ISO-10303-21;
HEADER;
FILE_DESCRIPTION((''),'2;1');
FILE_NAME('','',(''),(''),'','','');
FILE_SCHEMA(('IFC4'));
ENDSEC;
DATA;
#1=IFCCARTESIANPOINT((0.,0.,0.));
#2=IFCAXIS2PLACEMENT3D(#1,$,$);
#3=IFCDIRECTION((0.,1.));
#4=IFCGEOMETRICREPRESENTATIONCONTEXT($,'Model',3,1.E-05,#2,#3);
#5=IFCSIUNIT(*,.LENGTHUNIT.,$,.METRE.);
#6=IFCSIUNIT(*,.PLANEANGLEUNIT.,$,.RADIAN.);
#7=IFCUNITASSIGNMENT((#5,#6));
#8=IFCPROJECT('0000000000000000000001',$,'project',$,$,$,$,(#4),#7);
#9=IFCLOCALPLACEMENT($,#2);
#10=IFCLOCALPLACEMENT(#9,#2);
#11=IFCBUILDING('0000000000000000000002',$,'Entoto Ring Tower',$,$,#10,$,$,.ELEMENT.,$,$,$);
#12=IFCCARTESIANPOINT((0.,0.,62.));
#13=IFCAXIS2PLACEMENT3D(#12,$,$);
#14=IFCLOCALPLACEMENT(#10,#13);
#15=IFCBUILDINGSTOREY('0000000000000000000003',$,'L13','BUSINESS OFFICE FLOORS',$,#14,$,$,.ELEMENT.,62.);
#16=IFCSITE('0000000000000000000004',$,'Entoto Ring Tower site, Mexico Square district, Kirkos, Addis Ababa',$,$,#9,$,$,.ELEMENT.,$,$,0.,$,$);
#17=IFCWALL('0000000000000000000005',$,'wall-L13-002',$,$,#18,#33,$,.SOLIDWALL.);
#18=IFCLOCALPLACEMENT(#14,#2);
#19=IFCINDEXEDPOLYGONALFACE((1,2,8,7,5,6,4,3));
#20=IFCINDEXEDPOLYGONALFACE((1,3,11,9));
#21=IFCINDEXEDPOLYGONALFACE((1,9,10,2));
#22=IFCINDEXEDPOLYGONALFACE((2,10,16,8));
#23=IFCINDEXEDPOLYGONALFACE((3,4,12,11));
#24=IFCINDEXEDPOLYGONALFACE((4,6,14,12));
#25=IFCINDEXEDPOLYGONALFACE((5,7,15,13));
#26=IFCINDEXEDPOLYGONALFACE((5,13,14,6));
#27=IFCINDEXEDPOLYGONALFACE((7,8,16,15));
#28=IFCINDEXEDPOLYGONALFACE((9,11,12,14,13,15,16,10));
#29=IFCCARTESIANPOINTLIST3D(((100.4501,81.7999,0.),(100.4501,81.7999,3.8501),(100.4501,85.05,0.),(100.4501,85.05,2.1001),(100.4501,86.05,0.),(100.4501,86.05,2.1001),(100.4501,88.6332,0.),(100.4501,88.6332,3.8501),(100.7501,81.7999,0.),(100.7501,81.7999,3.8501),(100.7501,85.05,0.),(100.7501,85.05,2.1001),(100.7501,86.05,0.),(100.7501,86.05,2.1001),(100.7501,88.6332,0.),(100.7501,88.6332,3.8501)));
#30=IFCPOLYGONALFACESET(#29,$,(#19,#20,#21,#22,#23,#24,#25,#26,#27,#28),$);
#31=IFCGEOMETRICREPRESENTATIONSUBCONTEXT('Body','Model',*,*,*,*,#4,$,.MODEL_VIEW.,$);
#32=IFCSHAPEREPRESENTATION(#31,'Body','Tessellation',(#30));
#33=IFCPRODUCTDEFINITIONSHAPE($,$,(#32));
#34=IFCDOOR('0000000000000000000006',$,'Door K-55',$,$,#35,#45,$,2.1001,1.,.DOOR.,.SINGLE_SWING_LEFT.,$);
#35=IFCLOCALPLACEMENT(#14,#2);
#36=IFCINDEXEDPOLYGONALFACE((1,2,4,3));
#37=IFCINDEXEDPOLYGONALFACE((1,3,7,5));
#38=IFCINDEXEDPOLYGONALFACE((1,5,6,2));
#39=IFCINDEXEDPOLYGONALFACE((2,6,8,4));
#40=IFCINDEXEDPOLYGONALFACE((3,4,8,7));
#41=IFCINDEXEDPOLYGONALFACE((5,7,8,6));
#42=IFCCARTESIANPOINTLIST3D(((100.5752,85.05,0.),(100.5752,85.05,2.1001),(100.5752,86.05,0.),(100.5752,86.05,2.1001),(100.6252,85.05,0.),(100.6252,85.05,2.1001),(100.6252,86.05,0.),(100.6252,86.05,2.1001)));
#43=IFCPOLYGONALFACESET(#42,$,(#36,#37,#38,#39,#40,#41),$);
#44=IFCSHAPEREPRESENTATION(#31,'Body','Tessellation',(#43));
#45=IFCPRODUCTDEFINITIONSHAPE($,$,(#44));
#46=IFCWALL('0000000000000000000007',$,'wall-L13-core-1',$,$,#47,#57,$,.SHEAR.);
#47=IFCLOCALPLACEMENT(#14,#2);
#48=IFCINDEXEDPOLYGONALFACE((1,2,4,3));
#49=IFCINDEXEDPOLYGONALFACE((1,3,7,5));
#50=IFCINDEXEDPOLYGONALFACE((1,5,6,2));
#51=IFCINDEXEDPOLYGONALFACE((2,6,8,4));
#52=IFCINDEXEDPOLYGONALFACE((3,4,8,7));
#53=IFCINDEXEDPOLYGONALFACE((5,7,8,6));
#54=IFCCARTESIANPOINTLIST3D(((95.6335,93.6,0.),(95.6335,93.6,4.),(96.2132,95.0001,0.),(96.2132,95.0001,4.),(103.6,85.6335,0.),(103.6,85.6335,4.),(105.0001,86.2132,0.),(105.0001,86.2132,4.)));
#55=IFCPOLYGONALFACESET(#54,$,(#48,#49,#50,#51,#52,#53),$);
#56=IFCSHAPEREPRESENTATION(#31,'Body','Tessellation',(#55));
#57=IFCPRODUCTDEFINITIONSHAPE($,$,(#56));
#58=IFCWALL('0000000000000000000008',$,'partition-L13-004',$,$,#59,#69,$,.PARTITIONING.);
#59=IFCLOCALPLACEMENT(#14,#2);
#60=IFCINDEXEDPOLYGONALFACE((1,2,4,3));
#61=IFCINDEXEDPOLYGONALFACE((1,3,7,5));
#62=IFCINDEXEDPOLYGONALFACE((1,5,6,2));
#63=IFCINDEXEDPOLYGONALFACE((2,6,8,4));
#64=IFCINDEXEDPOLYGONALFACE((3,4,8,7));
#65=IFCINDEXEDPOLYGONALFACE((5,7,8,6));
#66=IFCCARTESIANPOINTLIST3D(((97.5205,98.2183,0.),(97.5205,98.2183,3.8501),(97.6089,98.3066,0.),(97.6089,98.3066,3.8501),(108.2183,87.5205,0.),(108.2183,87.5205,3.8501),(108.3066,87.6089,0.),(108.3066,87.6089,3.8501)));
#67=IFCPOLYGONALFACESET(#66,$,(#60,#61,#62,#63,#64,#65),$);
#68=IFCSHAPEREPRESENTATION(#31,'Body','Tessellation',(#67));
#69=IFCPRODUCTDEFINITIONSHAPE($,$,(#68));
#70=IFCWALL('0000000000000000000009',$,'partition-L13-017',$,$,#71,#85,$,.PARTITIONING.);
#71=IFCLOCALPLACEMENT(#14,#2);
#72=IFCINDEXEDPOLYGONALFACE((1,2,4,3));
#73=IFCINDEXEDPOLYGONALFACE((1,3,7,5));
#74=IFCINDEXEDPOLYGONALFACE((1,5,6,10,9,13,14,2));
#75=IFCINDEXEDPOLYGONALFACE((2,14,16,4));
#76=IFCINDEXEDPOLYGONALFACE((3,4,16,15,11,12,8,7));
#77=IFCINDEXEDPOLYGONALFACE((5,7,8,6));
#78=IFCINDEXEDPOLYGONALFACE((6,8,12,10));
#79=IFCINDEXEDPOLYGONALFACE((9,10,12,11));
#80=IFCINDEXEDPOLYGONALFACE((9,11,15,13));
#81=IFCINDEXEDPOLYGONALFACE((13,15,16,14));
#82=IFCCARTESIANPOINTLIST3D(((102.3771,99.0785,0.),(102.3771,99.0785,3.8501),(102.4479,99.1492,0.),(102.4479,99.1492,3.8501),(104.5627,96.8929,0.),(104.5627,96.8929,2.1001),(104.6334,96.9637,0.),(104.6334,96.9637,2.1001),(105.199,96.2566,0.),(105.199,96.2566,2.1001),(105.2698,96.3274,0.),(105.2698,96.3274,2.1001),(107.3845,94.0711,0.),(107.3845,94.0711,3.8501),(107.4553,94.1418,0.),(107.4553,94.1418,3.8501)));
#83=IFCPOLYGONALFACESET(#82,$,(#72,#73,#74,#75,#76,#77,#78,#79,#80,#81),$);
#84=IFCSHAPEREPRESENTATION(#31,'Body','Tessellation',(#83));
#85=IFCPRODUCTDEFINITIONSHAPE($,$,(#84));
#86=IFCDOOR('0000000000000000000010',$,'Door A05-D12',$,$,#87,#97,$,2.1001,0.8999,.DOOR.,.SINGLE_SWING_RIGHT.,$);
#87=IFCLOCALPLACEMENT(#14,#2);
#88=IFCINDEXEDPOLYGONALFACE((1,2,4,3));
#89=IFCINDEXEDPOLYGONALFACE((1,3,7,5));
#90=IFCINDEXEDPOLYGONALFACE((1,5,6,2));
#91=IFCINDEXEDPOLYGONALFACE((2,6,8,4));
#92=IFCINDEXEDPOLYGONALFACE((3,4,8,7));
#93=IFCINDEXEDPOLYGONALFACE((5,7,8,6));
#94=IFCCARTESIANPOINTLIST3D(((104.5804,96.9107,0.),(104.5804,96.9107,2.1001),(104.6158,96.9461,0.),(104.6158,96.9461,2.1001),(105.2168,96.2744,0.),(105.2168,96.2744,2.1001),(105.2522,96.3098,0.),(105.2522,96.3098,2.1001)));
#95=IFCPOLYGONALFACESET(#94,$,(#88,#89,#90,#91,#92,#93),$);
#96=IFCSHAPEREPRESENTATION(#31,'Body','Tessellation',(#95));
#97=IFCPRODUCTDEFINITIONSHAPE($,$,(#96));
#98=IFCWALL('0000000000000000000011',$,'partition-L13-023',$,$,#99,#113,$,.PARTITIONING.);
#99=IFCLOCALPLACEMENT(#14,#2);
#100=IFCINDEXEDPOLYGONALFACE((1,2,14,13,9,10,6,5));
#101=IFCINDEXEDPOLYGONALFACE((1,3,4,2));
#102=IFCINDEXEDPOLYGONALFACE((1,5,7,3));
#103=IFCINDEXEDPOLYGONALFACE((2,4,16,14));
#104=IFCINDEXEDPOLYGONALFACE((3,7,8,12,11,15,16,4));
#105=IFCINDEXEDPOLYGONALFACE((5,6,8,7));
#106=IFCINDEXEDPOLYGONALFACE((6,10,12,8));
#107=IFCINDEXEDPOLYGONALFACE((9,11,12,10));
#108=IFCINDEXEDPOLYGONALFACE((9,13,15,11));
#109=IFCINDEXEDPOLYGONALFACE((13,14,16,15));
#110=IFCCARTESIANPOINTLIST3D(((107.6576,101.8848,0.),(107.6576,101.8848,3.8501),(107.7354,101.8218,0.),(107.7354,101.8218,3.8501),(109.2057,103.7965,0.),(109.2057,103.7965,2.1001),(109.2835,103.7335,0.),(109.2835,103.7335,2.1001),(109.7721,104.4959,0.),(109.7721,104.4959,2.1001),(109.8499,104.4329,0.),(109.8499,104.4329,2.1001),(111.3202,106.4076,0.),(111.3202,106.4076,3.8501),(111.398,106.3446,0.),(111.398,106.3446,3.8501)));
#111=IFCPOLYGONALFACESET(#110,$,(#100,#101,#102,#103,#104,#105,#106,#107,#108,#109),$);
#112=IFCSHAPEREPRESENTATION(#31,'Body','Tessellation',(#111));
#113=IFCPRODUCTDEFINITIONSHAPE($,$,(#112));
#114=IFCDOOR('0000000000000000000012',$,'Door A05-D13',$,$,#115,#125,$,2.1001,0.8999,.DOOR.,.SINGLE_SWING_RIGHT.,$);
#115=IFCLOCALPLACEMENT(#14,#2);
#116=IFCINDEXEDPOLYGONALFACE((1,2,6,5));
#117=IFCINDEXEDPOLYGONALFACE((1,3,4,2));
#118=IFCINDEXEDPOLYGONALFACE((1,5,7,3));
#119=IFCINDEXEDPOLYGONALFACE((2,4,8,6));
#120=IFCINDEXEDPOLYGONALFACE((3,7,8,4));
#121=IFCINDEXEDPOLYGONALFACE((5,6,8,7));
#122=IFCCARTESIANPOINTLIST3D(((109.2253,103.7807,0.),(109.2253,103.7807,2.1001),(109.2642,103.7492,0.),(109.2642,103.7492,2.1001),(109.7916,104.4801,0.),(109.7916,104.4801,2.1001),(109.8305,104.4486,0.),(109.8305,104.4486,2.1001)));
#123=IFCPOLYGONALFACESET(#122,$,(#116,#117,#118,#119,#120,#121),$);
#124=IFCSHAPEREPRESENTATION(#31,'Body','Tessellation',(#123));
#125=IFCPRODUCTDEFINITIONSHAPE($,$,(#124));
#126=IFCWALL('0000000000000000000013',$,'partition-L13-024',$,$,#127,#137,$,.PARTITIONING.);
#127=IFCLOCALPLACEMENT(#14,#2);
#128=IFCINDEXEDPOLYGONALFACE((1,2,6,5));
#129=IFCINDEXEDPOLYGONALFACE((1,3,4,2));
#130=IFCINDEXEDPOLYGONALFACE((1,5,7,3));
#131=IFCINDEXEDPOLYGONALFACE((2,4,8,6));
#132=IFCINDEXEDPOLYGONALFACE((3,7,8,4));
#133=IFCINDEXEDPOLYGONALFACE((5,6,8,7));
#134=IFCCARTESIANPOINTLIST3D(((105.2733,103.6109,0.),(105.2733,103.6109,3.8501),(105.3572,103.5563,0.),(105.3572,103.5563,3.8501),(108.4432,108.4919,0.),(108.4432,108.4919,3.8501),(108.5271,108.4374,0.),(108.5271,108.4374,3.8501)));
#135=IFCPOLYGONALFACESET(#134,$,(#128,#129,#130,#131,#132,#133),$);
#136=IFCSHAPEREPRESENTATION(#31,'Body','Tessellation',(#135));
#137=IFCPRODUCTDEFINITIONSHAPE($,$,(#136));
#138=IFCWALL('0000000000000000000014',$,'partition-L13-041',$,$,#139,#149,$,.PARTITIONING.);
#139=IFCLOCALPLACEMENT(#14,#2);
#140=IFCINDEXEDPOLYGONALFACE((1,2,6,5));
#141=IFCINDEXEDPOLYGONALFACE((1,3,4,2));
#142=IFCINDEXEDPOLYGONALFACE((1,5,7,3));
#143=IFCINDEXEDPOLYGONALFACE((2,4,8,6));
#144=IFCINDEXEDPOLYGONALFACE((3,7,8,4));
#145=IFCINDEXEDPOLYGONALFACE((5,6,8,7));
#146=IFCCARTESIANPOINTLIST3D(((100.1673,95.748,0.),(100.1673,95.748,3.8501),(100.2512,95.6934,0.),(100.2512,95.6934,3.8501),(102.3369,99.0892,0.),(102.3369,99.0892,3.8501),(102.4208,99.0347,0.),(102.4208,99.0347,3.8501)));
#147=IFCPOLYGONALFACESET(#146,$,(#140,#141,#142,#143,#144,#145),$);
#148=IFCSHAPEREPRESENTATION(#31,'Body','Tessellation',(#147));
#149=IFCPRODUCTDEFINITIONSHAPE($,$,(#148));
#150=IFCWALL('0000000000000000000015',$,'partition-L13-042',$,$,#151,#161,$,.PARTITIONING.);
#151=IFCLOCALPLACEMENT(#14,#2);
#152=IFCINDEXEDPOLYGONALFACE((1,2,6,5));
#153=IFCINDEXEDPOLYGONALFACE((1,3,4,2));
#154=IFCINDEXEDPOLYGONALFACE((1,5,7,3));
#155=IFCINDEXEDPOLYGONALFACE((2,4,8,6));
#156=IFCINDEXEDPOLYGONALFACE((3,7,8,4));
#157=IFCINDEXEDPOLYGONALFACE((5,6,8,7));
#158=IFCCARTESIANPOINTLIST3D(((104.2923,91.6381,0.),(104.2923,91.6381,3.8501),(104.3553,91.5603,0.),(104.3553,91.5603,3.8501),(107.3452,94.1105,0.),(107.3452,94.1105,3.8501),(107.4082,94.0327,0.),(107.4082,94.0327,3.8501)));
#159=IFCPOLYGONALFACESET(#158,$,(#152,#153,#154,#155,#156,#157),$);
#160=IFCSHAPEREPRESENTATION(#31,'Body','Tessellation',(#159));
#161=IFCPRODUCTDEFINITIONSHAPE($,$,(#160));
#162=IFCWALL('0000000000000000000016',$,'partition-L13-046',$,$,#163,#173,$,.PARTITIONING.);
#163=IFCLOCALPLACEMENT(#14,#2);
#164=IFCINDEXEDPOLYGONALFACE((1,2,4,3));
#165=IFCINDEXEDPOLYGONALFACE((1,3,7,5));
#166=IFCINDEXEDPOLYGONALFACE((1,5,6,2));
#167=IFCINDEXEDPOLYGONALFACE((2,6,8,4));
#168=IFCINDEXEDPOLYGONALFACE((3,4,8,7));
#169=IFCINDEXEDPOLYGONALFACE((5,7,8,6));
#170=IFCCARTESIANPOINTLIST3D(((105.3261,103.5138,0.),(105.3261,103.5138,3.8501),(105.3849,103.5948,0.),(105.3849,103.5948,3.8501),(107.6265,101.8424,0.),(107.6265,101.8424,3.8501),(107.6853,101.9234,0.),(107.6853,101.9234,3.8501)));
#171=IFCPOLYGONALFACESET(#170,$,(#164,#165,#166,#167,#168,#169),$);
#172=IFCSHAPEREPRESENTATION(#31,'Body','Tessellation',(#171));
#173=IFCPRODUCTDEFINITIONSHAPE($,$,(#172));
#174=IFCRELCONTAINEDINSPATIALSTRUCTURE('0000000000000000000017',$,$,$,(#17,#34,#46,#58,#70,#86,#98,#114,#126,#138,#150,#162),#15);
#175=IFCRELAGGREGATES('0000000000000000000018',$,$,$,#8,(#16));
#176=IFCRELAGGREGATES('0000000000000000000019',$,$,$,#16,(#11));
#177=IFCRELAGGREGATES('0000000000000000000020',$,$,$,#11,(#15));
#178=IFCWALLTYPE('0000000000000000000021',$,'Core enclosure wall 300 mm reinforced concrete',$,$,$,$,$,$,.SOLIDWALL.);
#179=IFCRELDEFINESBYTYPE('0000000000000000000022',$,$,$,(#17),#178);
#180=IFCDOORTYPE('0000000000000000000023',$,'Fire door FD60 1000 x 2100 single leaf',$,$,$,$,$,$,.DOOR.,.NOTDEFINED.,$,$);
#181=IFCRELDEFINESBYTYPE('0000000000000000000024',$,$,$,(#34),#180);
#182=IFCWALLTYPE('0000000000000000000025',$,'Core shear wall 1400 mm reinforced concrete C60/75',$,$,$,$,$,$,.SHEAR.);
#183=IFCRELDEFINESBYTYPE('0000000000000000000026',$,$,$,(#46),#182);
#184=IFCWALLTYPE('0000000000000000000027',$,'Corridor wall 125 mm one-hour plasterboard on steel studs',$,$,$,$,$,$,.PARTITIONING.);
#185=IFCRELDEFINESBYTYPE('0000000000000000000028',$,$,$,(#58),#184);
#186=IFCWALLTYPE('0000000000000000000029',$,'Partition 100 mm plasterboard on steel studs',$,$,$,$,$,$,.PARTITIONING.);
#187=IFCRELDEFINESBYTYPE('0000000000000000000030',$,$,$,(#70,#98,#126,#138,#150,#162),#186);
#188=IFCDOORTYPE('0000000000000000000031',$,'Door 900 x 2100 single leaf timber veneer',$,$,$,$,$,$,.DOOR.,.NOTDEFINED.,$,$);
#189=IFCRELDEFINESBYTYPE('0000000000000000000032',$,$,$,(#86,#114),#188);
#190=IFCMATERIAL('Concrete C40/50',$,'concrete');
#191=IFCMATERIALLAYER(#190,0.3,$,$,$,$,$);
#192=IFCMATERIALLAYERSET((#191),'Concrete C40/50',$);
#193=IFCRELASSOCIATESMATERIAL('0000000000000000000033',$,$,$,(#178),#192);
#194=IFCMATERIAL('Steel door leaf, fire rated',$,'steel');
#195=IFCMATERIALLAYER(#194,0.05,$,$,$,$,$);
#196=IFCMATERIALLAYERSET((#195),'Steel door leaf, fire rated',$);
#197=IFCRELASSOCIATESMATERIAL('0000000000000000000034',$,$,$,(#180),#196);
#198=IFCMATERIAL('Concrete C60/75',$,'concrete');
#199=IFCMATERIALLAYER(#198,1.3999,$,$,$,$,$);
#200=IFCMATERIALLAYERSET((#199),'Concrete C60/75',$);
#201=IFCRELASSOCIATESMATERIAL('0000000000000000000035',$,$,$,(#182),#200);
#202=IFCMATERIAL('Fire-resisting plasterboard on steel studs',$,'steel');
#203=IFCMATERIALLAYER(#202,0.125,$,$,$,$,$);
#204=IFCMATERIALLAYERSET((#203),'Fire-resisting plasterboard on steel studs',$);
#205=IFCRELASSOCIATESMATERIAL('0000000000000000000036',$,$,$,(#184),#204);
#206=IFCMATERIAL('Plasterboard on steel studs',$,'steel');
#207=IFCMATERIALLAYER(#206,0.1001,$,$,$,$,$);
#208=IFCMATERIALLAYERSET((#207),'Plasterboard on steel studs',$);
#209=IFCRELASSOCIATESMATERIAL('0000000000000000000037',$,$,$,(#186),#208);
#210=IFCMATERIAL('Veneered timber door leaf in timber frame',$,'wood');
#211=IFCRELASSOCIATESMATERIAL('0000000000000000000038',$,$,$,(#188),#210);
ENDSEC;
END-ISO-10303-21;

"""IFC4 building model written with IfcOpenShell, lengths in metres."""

from ifc_helpers import new_model, si_unit, direction, frame, frame_2d, origin, place, context, subcontext, project, spatial, polyline, rectangle, outline, extrude, material, layer, layer_set, type_object, element, fill, save


model = new_model("IFC4")

# Units and contexts
model_context = context("Model", 3, precision=1e-05, world=origin(), true_north=direction((0.0, 1.0)))
body_context = subcontext(model_context, "Body", "Model", "MODEL_VIEW")
ifc_project = project(units=[si_unit("LENGTHUNIT", "METRE"), si_unit("PLANEANGLEUNIT", "RADIAN")], contexts=[model_context])

# Site, building, storey
site_placement = place(None, origin())
site = spatial("IfcSite", under=ifc_project, at=site_placement, Name="Entoto Ring Tower site, Mexico Square district, Kirkos, Addis Ababa", CompositionType="ELEMENT", RefElevation=0.0)
building_placement = place(site_placement, origin())
building = spatial("IfcBuilding", under=site, at=building_placement, Name="Entoto Ring Tower", CompositionType="ELEMENT")
storey_placement = place(building_placement, frame((0.0, 0.0, 62.0)))
storey = spatial("IfcBuildingStorey", under=building, at=storey_placement, Name="L13", Description="BUSINESS OFFICE FLOORS", CompositionType="ELEMENT", Elevation=62.0)

# Wall, opening, door
ifc_material_1 = material(Name="Concrete C40/50", Category="concrete")
ifc_layer_1 = layer(ifc_material_1, 0.3)
ifc_layer_set_1 = layer_set([ifc_layer_1], Name="Concrete C40/50")
wall_type_1 = type_object("IfcWallType", Name="Core enclosure wall 300 mm reinforced concrete", PredefinedType="SOLIDWALL", material=ifc_layer_set_1)
wall_1_placement = place(storey_placement, frame((100.6001, 81.8, 0.0), z_axis=(0.0, 0.0, 1.0), x_axis=(0.0, 1.0, 0.0)))
wall_1 = element("IfcWall", 1, at=wall_1_placement, inside=storey, type_object=wall_type_1, Name="wall-L13-002", PredefinedType="SOLIDWALL", context=body_context, shape_type="SweptSolid", body=[
    extrude(rectangle(XDim=6.8333, YDim=0.3, at=frame_2d((3.4165, 0.0))), origin(), (0.0, 0.0, 1.0), 3.8501),
])
opening_1_placement = place(wall_1_placement, frame((3.25, 0.0, 0.0)))
opening_1 = element("IfcOpeningElement", 2, at=opening_1_placement, cuts=wall_1, PredefinedType="OPENING", context=body_context, shape_type="SweptSolid", body=[
    extrude(rectangle(XDim=1.0, YDim=2.1001, at=frame_2d((0.5, 1.05))), frame((0.0, 0.1602, 0.0), z_axis=(0.0, -1.0, 0.0), x_axis=(1.0, 0.0, 0.0)), (0.0, 0.0, 1.0), 0.3201),
])
ifc_material_2 = material(Name="Steel door leaf, fire rated", Category="steel")
ifc_layer_2 = layer(ifc_material_2, 0.05)
ifc_layer_set_2 = layer_set([ifc_layer_2], Name="Steel door leaf, fire rated")
door_type_1 = type_object("IfcDoorType", Name="Fire door FD60 1000 x 2100 single leaf", OperationType="NOTDEFINED", PredefinedType="DOOR", material=ifc_layer_set_2)
door_1_placement = place(opening_1_placement, origin())
door_1 = element("IfcDoor", 3, at=door_1_placement, inside=storey, type_object=door_type_1, Name="Door K-55", OperationType="SINGLE_SWING_LEFT", OverallHeight=2.1001, OverallWidth=1.0, PredefinedType="DOOR", context=body_context, shape_type="SweptSolid", body=[
    extrude(rectangle(XDim=1.0, YDim=2.1001, at=frame_2d((0.5, 1.05))), frame((0.0, 0.0249, 0.0), z_axis=(0.0, -1.0, 0.0), x_axis=(1.0, 0.0, 0.0)), (0.0, 0.0, 1.0), 0.05),
])
fill(opening_1, door_1)

# Walls
ifc_material_3 = material(Name="Concrete C60/75", Category="concrete")
ifc_layer_3 = layer(ifc_material_3, 1.3999)
ifc_layer_set_3 = layer_set([ifc_layer_3], Name="Concrete C60/75")
wall_type_2 = type_object("IfcWallType", Name="Core shear wall 1400 mm reinforced concrete C60/75", PredefinedType="SHEAR", material=ifc_layer_set_3)
wall_2_placement = place(storey_placement, frame((104.3, 85.9233, 0.0), z_axis=(0.0, 0.0, 1.0), x_axis=(-0.707107, 0.707107, 0.0)))
element("IfcWall", 4, at=wall_2_placement, inside=storey, type_object=wall_type_2, Name="wall-L13-core-1", PredefinedType="SHEAR", context=body_context, shape_type="SweptSolid", body=[
    extrude(outline(polyline([(-0.29, -0.7), (12.1365, -0.7), (11.5564, 0.7), (0.29, 0.7), (-0.29, -0.7)])), origin(), (0.0, 0.0, 1.0), 4.0),
])
ifc_material_4 = material(Name="Fire-resisting plasterboard on steel studs", Category="steel")
ifc_layer_4 = layer(ifc_material_4, 0.125)
ifc_layer_set_4 = layer_set([ifc_layer_4], Name="Fire-resisting plasterboard on steel studs")
wall_type_3 = type_object("IfcWallType", Name="Corridor wall 125 mm one-hour plasterboard on steel studs", PredefinedType="PARTITIONING", material=ifc_layer_set_4)
wall_3_placement = place(storey_placement, frame((108.2625, 87.5647, 0.0), z_axis=(0.0, 0.0, 1.0), x_axis=(-0.707107, 0.707107, 0.0)))
element("IfcWall", 5, at=wall_3_placement, inside=storey, type_object=wall_type_3, Name="partition-L13-004", PredefinedType="PARTITIONING", context=body_context, shape_type="SweptSolid", body=[
    extrude(rectangle(XDim=15.1289, YDim=0.125, at=frame_2d((7.5645, 0.0))), origin(), (0.0, 0.0, 1.0), 3.8501),
])

# Walls, openings, doors
ifc_material_5 = material(Name="Plasterboard on steel studs", Category="steel")
ifc_layer_5 = layer(ifc_material_5, 0.1001)
ifc_layer_set_5 = layer_set([ifc_layer_5], Name="Plasterboard on steel studs")
wall_type_4 = type_object("IfcWallType", Name="Partition 100 mm plasterboard on steel studs", PredefinedType="PARTITIONING", material=ifc_layer_set_5)
wall_4_placement = place(storey_placement, frame((107.4199, 94.1064, 0.0), z_axis=(0.0, 0.0, 1.0), x_axis=(-0.707107, 0.707107, 0.0)))
wall_4 = element("IfcWall", 6, at=wall_4_placement, inside=storey, type_object=wall_type_4, Name="partition-L13-017", PredefinedType="PARTITIONING", context=body_context, shape_type="SweptSolid", body=[
    extrude(rectangle(XDim=7.0815, YDim=0.1001, at=frame_2d((3.5408, 0.0))), origin(), (0.0, 0.0, 1.0), 3.8501),
])
opening_2_placement = place(wall_4_placement, frame((3.0908, 0.0, 0.0)))
opening_2 = element("IfcOpeningElement", 7, at=opening_2_placement, cuts=wall_4, PredefinedType="OPENING", context=body_context, shape_type="SweptSolid", body=[
    extrude(rectangle(XDim=0.8999, YDim=2.1001, at=frame_2d((0.45, 1.05))), frame((0.0, 0.0601, 0.0), z_axis=(0.0, -1.0, 0.0), x_axis=(1.0, 0.0, 0.0)), (0.0, 0.0, 1.0), 0.1201),
])
ifc_material_6 = material(Name="Veneered timber door leaf in timber frame", Category="wood")
door_type_2 = type_object("IfcDoorType", Name="Door 900 x 2100 single leaf timber veneer", OperationType="NOTDEFINED", PredefinedType="DOOR", material=ifc_material_6)
door_2_placement = place(opening_2_placement, origin())
door_2 = element("IfcDoor", 8, at=door_2_placement, inside=storey, type_object=door_type_2, Name="Door A05-D12", OperationType="SINGLE_SWING_RIGHT", OverallHeight=2.1001, OverallWidth=0.8999, PredefinedType="DOOR", context=body_context, shape_type="SweptSolid", body=[
    extrude(rectangle(XDim=0.8999, YDim=2.1001, at=frame_2d((0.45, 1.05))), frame((0.0, 0.0249, 0.0), z_axis=(0.0, -1.0, 0.0), x_axis=(1.0, 0.0, 0.0)), (0.0, 0.0, 1.0), 0.05),
])
fill(opening_2, door_2)
wall_5_placement = place(storey_placement, frame((107.6965, 101.8533, 0.0), z_axis=(0.0, 0.0, 1.0), x_axis=(0.629319, 0.777147, 0.0)))
wall_5 = element("IfcWall", 9, at=wall_5_placement, inside=storey, type_object=wall_type_4, Name="partition-L13-023", PredefinedType="PARTITIONING", context=body_context, shape_type="SweptSolid", body=[
    extrude(rectangle(XDim=5.8198, YDim=0.1001, at=frame_2d((2.9099, 0.0))), origin(), (0.0, 0.0, 1.0), 3.8501),
])
opening_3_placement = place(wall_5_placement, frame((2.46, 0.0, 0.0)))
opening_3 = element("IfcOpeningElement", 10, at=opening_3_placement, cuts=wall_5, PredefinedType="OPENING", context=body_context, shape_type="SweptSolid", body=[
    extrude(rectangle(XDim=0.8999, YDim=2.1001, at=frame_2d((0.45, 1.05))), frame((0.0, 0.0601, 0.0), z_axis=(0.0, -1.0, 0.0), x_axis=(1.0, 0.0, 0.0)), (0.0, 0.0, 1.0), 0.1201),
])
door_3_placement = place(opening_3_placement, origin())
door_3 = element("IfcDoor", 11, at=door_3_placement, inside=storey, type_object=door_type_2, Name="Door A05-D13", OperationType="SINGLE_SWING_RIGHT", OverallHeight=2.1001, OverallWidth=0.8999, PredefinedType="DOOR", context=body_context, shape_type="SweptSolid", body=[
    extrude(rectangle(XDim=0.8999, YDim=2.1001, at=frame_2d((0.45, 1.05))), frame((0.0, 0.0249, 0.0), z_axis=(0.0, -1.0, 0.0), x_axis=(1.0, 0.0, 0.0)), (0.0, 0.0, 1.0), 0.05),
])
fill(opening_3, door_3)

# Walls
wall_6_placement = place(storey_placement, frame((105.3152, 103.5835, 0.0), z_axis=(0.0, 0.0, 1.0), x_axis=(0.544651, 0.838663, 0.0)))
element("IfcWall", 12, at=wall_6_placement, inside=storey, type_object=wall_type_4, Name="partition-L13-024", PredefinedType="PARTITIONING", context=body_context, shape_type="SweptSolid", body=[
    extrude(rectangle(XDim=5.8201, YDim=0.1001, at=frame_2d((2.9102, 0.0))), origin(), (0.0, 0.0, 1.0), 3.8501),
])
wall_7_placement = place(storey_placement, frame((100.2092, 95.7207, 0.0), z_axis=(0.0, 0.0, 1.0), x_axis=(0.544605, 0.838693, 0.0)))
element("IfcWall", 13, at=wall_7_placement, inside=storey, type_object=wall_type_4, Name="partition-L13-041", PredefinedType="PARTITIONING", context=body_context, shape_type="SweptSolid", body=[
    extrude(rectangle(XDim=3.9839, YDim=0.1001, at=frame_2d((1.9919, 0.0))), origin(), (0.0, 0.0, 1.0), 3.8501),
])
wall_8_placement = place(storey_placement, frame((104.3237, 91.5991, 0.0), z_axis=(0.0, 0.0, 1.0), x_axis=(0.777126, 0.629345, 0.0)))
element("IfcWall", 14, at=wall_8_placement, inside=storey, type_object=wall_type_4, Name="partition-L13-042", PredefinedType="PARTITIONING", context=body_context, shape_type="SweptSolid", body=[
    extrude(rectangle(XDim=3.9285, YDim=0.1001, at=frame_2d((1.9644, 0.0))), origin(), (0.0, 0.0, 1.0), 3.8501),
])
wall_9_placement = place(storey_placement, frame((107.656, 101.8828, 0.0), z_axis=(0.0, 0.0, 1.0), x_axis=(-0.808996, 0.587814, 0.0)))
element("IfcWall", 15, at=wall_9_placement, inside=storey, type_object=wall_type_4, Name="partition-L13-046", PredefinedType="PARTITIONING", context=body_context, shape_type="SweptSolid", body=[
    extrude(rectangle(XDim=2.8435, YDim=0.1001, at=frame_2d((1.4219, 0.0))), origin(), (0.0, 0.0, 1.0), 3.8501),
])

save(model, "model.ifc")
